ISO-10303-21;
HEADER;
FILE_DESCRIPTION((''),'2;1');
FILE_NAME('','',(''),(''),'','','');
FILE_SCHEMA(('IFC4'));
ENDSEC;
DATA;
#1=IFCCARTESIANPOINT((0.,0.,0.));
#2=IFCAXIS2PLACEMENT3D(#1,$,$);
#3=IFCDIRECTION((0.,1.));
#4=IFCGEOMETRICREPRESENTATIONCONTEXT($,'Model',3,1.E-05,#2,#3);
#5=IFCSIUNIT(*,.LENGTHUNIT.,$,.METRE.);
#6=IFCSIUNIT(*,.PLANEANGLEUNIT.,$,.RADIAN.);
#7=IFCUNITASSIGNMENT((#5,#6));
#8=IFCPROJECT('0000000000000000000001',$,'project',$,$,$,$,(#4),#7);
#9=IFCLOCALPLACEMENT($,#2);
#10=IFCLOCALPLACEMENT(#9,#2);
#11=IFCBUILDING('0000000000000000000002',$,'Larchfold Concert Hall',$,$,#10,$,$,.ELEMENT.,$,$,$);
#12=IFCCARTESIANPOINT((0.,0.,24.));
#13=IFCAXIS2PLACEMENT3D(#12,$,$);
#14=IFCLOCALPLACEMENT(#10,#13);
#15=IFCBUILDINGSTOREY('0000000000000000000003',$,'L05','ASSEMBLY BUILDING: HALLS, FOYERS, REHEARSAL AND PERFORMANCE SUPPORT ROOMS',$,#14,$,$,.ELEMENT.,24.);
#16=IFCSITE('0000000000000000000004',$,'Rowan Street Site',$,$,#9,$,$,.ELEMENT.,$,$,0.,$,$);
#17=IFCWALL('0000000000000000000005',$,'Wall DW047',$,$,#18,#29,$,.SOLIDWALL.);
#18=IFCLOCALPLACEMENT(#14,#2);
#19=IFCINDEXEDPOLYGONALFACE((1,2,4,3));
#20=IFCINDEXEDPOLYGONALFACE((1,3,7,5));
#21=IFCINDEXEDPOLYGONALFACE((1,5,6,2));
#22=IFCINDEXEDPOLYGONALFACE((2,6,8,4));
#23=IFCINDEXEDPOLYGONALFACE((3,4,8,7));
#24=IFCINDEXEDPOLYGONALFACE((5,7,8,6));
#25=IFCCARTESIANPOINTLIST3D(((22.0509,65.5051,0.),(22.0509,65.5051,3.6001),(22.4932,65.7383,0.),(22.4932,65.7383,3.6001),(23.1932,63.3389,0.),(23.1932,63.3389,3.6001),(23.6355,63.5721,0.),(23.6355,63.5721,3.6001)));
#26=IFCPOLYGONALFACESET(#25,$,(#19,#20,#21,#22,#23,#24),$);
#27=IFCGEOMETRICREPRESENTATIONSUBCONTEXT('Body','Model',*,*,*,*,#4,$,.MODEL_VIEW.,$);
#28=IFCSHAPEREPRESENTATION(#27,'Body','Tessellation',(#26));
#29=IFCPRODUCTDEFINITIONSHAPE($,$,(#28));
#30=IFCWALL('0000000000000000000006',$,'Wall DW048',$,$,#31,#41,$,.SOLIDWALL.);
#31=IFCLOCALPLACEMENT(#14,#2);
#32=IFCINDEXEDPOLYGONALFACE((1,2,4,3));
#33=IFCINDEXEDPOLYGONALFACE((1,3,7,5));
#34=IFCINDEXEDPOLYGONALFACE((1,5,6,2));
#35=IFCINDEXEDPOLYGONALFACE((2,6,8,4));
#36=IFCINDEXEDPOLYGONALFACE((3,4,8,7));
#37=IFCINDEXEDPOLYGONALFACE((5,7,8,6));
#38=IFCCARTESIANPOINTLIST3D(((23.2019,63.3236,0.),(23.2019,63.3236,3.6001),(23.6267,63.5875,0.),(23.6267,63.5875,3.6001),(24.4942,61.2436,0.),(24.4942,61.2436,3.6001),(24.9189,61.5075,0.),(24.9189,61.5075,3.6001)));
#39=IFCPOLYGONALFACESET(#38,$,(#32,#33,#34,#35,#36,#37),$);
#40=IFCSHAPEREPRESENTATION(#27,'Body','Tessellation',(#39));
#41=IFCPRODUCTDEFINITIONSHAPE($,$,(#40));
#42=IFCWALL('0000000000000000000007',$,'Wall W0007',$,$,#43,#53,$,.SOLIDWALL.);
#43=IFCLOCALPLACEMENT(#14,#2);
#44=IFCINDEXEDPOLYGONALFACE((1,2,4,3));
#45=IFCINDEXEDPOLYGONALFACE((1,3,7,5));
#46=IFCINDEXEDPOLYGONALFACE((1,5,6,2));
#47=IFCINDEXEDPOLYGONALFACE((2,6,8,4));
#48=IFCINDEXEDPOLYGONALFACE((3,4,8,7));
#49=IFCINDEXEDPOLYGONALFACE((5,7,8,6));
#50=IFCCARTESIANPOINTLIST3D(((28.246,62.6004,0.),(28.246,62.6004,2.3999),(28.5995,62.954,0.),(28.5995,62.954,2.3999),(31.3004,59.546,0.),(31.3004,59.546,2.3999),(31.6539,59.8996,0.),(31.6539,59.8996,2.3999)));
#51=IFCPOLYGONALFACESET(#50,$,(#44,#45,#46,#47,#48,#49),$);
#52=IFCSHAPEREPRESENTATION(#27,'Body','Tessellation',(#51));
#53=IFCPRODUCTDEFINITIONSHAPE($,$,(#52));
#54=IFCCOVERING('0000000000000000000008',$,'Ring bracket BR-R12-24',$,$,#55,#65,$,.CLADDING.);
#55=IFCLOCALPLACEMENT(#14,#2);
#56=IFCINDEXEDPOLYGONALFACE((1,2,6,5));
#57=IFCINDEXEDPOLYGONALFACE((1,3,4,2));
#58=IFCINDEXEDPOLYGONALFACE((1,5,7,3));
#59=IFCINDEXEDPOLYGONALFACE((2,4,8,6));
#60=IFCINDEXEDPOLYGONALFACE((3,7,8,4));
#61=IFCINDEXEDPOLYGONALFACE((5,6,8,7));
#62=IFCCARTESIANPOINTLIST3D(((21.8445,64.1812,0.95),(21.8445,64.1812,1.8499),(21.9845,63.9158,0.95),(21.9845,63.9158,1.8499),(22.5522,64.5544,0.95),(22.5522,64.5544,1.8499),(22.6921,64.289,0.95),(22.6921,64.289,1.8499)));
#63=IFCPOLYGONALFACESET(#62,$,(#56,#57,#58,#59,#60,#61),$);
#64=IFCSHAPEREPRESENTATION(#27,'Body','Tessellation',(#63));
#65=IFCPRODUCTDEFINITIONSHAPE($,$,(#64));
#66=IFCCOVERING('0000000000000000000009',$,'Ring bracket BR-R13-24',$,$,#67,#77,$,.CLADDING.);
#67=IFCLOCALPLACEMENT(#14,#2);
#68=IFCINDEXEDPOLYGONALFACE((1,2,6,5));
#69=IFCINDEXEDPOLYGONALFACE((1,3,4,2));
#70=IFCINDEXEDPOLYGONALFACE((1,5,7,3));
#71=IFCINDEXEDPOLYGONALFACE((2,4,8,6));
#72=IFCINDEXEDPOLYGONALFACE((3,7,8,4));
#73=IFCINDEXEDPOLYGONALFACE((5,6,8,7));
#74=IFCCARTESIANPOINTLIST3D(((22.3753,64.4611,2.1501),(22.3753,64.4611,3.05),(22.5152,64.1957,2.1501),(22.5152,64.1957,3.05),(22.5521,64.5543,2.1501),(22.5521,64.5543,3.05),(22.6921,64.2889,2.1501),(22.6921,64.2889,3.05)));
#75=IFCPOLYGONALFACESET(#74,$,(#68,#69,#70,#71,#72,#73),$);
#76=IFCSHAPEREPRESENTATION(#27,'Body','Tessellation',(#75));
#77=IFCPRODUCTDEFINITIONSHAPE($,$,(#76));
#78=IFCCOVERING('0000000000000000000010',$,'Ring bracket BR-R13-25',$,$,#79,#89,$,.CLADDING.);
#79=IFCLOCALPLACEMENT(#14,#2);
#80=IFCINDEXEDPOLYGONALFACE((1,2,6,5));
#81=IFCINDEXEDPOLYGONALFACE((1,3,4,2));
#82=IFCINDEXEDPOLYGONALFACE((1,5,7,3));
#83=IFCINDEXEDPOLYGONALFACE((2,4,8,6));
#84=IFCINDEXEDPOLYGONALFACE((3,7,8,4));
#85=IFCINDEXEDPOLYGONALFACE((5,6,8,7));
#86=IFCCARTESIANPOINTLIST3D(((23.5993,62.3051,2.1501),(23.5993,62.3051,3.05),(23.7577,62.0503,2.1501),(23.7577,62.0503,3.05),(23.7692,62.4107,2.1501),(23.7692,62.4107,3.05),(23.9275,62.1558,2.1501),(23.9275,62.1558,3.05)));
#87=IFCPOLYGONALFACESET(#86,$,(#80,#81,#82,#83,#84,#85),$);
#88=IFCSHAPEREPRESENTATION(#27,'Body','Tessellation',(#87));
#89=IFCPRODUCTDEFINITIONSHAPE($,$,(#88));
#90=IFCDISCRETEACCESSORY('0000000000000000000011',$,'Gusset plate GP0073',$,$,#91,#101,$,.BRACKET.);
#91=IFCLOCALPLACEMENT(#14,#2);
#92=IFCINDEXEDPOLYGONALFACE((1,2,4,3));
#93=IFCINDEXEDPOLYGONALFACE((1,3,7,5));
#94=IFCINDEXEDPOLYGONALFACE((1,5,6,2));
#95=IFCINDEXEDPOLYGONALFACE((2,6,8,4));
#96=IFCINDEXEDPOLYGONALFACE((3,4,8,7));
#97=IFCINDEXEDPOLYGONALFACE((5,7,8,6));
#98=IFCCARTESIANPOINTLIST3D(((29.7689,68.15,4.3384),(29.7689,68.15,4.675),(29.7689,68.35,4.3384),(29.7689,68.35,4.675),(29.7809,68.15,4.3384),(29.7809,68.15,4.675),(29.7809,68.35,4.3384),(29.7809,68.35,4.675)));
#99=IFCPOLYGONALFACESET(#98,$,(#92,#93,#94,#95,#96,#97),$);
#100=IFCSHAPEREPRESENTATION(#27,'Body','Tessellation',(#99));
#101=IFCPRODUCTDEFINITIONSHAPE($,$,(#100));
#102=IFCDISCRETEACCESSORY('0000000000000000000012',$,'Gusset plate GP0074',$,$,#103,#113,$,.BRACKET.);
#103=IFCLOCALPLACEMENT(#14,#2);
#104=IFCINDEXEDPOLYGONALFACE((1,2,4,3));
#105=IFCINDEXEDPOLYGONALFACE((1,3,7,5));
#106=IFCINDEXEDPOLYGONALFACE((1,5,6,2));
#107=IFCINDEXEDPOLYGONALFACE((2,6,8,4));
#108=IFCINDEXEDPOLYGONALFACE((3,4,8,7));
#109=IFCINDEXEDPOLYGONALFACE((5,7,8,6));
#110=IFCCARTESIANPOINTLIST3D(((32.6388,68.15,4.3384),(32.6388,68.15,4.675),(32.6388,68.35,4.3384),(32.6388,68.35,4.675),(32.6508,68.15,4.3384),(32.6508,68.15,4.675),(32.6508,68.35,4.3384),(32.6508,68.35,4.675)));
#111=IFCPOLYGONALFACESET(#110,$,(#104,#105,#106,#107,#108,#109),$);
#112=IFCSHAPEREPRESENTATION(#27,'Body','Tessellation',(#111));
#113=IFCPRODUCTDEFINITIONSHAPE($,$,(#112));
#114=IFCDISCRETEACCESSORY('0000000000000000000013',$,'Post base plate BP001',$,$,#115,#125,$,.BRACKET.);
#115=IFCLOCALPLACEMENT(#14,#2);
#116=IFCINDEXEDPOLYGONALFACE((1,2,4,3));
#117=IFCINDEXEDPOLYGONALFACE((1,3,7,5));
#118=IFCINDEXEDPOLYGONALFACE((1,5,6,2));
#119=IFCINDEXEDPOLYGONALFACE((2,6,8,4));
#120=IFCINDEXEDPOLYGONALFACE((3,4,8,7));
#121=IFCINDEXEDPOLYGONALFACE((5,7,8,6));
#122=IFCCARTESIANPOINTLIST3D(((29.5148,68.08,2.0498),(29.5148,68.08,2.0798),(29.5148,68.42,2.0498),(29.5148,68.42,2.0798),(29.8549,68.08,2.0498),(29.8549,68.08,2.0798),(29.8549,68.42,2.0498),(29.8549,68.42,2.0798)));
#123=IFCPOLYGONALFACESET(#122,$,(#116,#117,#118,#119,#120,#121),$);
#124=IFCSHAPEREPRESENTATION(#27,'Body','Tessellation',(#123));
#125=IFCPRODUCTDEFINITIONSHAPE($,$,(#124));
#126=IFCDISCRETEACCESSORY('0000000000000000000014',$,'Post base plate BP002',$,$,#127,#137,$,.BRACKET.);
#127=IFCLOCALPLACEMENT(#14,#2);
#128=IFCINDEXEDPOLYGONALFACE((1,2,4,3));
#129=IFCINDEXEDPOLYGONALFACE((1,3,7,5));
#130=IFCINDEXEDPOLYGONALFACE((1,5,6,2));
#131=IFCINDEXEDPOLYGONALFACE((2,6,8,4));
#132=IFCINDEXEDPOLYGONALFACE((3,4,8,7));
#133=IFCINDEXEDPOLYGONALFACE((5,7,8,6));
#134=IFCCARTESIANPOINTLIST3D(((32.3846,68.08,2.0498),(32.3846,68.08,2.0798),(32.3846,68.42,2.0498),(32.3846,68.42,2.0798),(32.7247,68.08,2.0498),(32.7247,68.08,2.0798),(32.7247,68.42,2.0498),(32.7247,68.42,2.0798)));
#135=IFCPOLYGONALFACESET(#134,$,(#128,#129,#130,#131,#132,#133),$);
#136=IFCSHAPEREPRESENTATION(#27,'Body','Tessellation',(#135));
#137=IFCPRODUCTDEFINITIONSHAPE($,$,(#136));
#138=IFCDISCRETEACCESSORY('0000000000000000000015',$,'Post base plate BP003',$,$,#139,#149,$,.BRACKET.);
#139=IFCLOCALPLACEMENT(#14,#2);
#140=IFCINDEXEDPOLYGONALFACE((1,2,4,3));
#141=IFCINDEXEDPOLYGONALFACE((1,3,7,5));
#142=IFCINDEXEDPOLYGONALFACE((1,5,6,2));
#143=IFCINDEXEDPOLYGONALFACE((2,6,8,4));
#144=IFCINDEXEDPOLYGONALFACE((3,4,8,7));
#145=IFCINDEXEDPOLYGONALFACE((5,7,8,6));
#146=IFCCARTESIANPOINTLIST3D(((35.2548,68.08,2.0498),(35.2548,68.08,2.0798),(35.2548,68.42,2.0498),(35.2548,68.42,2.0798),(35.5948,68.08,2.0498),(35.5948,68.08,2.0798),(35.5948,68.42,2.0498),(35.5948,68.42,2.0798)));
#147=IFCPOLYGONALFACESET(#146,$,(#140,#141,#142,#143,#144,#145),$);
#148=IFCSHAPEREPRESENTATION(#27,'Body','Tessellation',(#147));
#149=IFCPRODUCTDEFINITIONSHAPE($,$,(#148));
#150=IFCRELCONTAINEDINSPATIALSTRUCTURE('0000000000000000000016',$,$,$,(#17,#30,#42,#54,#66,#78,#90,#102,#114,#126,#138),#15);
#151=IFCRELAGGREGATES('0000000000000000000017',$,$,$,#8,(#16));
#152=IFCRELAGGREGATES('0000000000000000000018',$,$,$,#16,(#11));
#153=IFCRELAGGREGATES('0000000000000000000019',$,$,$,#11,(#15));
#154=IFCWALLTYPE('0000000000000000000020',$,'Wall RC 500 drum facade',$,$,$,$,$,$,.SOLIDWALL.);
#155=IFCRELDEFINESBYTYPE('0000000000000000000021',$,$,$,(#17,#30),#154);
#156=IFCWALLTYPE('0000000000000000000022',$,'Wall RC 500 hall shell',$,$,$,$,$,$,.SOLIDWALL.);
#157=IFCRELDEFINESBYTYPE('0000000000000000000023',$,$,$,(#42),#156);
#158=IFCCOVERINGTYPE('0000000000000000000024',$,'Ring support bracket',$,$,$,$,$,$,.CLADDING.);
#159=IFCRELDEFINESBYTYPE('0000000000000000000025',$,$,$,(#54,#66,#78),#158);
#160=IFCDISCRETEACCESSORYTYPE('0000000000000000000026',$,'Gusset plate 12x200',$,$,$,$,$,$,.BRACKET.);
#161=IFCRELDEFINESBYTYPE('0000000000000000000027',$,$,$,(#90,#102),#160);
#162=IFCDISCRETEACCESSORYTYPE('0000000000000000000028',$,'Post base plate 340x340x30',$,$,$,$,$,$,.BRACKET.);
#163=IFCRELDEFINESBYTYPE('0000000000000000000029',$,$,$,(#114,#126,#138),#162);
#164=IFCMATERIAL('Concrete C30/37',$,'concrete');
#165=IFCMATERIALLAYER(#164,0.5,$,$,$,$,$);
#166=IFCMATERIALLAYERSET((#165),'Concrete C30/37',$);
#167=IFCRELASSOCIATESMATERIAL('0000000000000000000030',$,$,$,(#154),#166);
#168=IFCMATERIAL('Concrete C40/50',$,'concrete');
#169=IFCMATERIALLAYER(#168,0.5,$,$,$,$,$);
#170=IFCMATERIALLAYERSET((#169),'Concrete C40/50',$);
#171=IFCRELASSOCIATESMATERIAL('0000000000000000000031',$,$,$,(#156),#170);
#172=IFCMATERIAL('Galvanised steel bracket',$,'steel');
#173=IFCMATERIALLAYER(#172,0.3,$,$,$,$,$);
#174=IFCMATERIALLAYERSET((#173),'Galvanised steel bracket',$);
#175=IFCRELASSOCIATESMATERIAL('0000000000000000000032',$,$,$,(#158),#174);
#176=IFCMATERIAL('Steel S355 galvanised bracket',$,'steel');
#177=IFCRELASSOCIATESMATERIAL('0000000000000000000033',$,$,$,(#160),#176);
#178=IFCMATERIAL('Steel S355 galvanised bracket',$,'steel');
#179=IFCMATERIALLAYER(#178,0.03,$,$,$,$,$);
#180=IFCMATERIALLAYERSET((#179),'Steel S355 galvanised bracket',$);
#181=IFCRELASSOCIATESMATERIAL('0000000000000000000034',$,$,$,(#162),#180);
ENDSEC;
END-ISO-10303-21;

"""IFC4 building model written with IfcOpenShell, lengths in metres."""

from ifc_helpers import new_model, si_unit, direction, frame, frame_2d, origin, origin_2d, place, context, subcontext, project, spatial, rectangle, extrude, material, layer, layer_set, material_profile, profile_set, type_object, element, save


model = new_model("IFC4")

# Units and contexts
model_context = context("Model", 3, precision=1e-05, world=origin(), true_north=direction((0.0, 1.0)))
body_context = subcontext(model_context, "Body", "Model", "MODEL_VIEW")
ifc_project = project(units=[si_unit("LENGTHUNIT", "METRE"), si_unit("PLANEANGLEUNIT", "RADIAN")], contexts=[model_context])

# Site, building, storey
site_placement = place(None, origin())
site = spatial("IfcSite", under=ifc_project, at=site_placement, Name="Rowan Street Site", CompositionType="ELEMENT", RefElevation=0.0)
building_placement = place(site_placement, origin())
building = spatial("IfcBuilding", under=site, at=building_placement, Name="Larchfold Concert Hall", CompositionType="ELEMENT")
storey_placement = place(building_placement, frame((0.0, 0.0, 24.0)))
storey = spatial("IfcBuildingStorey", under=building, at=storey_placement, Name="L05", Description="ASSEMBLY BUILDING: HALLS, FOYERS, REHEARSAL AND PERFORMANCE SUPPORT ROOMS", CompositionType="ELEMENT", Elevation=24.0)

# Walls
ifc_material_1 = material(Name="Concrete C30/37", Category="concrete")
ifc_layer_1 = layer(ifc_material_1, 0.5)
ifc_layer_set_1 = layer_set([ifc_layer_1], Name="Concrete C30/37")
wall_type_1 = type_object("IfcWallType", Name="Wall RC 500 drum facade", PredefinedType="SOLIDWALL", material=ifc_layer_set_1)
wall_1_placement = place(storey_placement, frame((22.272, 65.6218, 0.0), z_axis=(0.0, 0.0, 1.0), x_axis=(0.466449, -0.884548, 0.0)))
element("IfcWall", 1, at=wall_1_placement, inside=storey, type_object=wall_type_1, Name="Wall DW047", PredefinedType="SOLIDWALL", context=body_context, shape_type="SweptSolid", body=[
    extrude(rectangle(XDim=2.449, YDim=0.5, at=frame_2d((1.2246, 0.0))), origin(), (0.0, 0.0, 1.0), 3.6001),
])
wall_2_placement = place(storey_placement, frame((23.4143, 63.4556, 0.0), z_axis=(0.0, 0.0, 1.0), x_axis=(0.527703, -0.849429, 0.0)))
element("IfcWall", 2, at=wall_2_placement, inside=storey, type_object=wall_type_1, Name="Wall DW048", PredefinedType="SOLIDWALL", context=body_context, shape_type="SweptSolid", body=[
    extrude(rectangle(XDim=2.4487, YDim=0.5, at=frame_2d((1.2244, 0.0))), origin(), (0.0, 0.0, 1.0), 3.6001),
])
ifc_material_2 = material(Name="Concrete C40/50", Category="concrete")
ifc_layer_2 = layer(ifc_material_2, 0.5)
ifc_layer_set_2 = layer_set([ifc_layer_2], Name="Concrete C40/50")
wall_type_2 = type_object("IfcWallType", Name="Wall RC 500 hall shell", PredefinedType="SOLIDWALL", material=ifc_layer_set_2)
wall_3_placement = place(storey_placement, frame((28.4229, 62.7771, 0.0), z_axis=(0.0, 0.0, 1.0), x_axis=(0.707107, -0.707107, 0.0)))
element("IfcWall", 3, at=wall_3_placement, inside=storey, type_object=wall_type_2, Name="Wall W0007", PredefinedType="SOLIDWALL", context=body_context, shape_type="SweptSolid", body=[
    extrude(rectangle(XDim=4.3196, YDim=0.5, at=frame_2d((2.1597, 0.0))), origin(), (0.0, 0.0, 1.0), 2.3999),
])

# Coverings
ifc_material_3 = material(Name="Galvanised steel bracket", Category="steel")
ifc_layer_3 = layer(ifc_material_3, 0.3)
ifc_layer_set_3 = layer_set([ifc_layer_3], Name="Galvanised steel bracket")
covering_type = type_object("IfcCoveringType", Name="Ring support bracket", PredefinedType="CLADDING", material=ifc_layer_set_3)
covering_placement = place(storey_placement, frame((22.2683, 64.2351, 0.95), z_axis=(0.0, 0.0, 1.0), x_axis=(-0.884536, -0.466473, 0.0)))
element("IfcCovering", 4, at=covering_placement, inside=storey, type_object=covering_type, Name="Ring bracket BR-R12-24", PredefinedType="CLADDING", context=body_context, shape_type="SweptSolid", body=[
    extrude(rectangle(XDim=0.8, YDim=0.3, at=origin_2d()), origin(), (0.0, 0.0, 1.0), 0.8999),
])
for number, where, z_axis, x_axis, name in (
    (5, (22.5337, 64.375, 2.1501), (0.0, 0.0, 1.0), (-0.884536, -0.466473, 0.0), "Ring bracket BR-R13-24"),
    (6, (23.7634, 62.2305, 2.1501), (0.0, 0.0, 1.0), (-0.849391, -0.527764, 0.0), "Ring bracket BR-R13-25"),
):
    element("IfcCovering", number, at=place(storey_placement, frame(where, z_axis=z_axis, x_axis=x_axis)), inside=storey, type_object=covering_type, Name=name, PredefinedType="CLADDING", context=body_context, shape_type="SweptSolid", body=[
        extrude(rectangle(XDim=0.2, YDim=0.3, at=origin_2d()), origin(), (0.0, 0.0, 1.0), 0.8999),
    ])

# Discrete accessories
ifc_material_4 = material(Name="Steel S355 galvanised bracket", Category="steel")
ifc_material_profile_1 = material_profile(ifc_material_4, rectangle(XDim=0.012, YDim=0.2, at=origin_2d()))
ifc_profile_set_1 = profile_set([ifc_material_profile_1], Name="Steel S355 galvanised bracket")
discrete_accessory_type_1 = type_object("IfcDiscreteAccessoryType", Name="Gusset plate 12x200", PredefinedType="BRACKET", material=ifc_profile_set_1)
for number, where, z_axis, x_axis, name in (
    (7, (29.7749, 68.25, 4.3384), (0.0, 0.0, 1.0), (1.0, 0.0, 0.0), "Gusset plate GP0073"),
    (8, (32.6448, 68.25, 4.3384), (0.0, 0.0, 1.0), (1.0, 0.0, 0.0), "Gusset plate GP0074"),
):
    element("IfcDiscreteAccessory", number, at=place(storey_placement, frame(where, z_axis=z_axis, x_axis=x_axis)), inside=storey, type_object=discrete_accessory_type_1, Name=name, PredefinedType="BRACKET", context=body_context, shape_type="SweptSolid", body=[
        extrude(rectangle(XDim=0.012, YDim=0.2, at=origin_2d()), origin(), (0.0, 0.0, 1.0), 0.3367),
    ])
ifc_material_5 = material(Name="Steel S355 galvanised bracket", Category="steel")
ifc_layer_4 = layer(ifc_material_5, 0.03)
ifc_layer_set_4 = layer_set([ifc_layer_4], Name="Steel S355 galvanised bracket")
discrete_accessory_type_2 = type_object("IfcDiscreteAccessoryType", Name="Post base plate 340x340x30", PredefinedType="BRACKET", material=ifc_layer_set_4)
for number, where, z_axis, x_axis, name in (
    (9, (29.6848, 68.25, 2.0498), (0.0, 0.0, 1.0), (1.0, 0.0, 0.0), "Post base plate BP001"),
    (10, (32.5547, 68.25, 2.0498), (0.0, 0.0, 1.0), (1.0, 0.0, 0.0), "Post base plate BP002"),
    (11, (35.4248, 68.25, 2.0498), (0.0, 0.0, 1.0), (1.0, 0.0, 0.0), "Post base plate BP003"),
):
    element("IfcDiscreteAccessory", number, at=place(storey_placement, frame(where, z_axis=z_axis, x_axis=x_axis)), inside=storey, type_object=discrete_accessory_type_2, Name=name, PredefinedType="BRACKET", context=body_context, shape_type="SweptSolid", body=[
        extrude(rectangle(XDim=0.3401, YDim=0.3401, at=origin_2d()), origin(), (0.0, 0.0, 1.0), 0.03),
    ])

save(model, "model.ifc")
